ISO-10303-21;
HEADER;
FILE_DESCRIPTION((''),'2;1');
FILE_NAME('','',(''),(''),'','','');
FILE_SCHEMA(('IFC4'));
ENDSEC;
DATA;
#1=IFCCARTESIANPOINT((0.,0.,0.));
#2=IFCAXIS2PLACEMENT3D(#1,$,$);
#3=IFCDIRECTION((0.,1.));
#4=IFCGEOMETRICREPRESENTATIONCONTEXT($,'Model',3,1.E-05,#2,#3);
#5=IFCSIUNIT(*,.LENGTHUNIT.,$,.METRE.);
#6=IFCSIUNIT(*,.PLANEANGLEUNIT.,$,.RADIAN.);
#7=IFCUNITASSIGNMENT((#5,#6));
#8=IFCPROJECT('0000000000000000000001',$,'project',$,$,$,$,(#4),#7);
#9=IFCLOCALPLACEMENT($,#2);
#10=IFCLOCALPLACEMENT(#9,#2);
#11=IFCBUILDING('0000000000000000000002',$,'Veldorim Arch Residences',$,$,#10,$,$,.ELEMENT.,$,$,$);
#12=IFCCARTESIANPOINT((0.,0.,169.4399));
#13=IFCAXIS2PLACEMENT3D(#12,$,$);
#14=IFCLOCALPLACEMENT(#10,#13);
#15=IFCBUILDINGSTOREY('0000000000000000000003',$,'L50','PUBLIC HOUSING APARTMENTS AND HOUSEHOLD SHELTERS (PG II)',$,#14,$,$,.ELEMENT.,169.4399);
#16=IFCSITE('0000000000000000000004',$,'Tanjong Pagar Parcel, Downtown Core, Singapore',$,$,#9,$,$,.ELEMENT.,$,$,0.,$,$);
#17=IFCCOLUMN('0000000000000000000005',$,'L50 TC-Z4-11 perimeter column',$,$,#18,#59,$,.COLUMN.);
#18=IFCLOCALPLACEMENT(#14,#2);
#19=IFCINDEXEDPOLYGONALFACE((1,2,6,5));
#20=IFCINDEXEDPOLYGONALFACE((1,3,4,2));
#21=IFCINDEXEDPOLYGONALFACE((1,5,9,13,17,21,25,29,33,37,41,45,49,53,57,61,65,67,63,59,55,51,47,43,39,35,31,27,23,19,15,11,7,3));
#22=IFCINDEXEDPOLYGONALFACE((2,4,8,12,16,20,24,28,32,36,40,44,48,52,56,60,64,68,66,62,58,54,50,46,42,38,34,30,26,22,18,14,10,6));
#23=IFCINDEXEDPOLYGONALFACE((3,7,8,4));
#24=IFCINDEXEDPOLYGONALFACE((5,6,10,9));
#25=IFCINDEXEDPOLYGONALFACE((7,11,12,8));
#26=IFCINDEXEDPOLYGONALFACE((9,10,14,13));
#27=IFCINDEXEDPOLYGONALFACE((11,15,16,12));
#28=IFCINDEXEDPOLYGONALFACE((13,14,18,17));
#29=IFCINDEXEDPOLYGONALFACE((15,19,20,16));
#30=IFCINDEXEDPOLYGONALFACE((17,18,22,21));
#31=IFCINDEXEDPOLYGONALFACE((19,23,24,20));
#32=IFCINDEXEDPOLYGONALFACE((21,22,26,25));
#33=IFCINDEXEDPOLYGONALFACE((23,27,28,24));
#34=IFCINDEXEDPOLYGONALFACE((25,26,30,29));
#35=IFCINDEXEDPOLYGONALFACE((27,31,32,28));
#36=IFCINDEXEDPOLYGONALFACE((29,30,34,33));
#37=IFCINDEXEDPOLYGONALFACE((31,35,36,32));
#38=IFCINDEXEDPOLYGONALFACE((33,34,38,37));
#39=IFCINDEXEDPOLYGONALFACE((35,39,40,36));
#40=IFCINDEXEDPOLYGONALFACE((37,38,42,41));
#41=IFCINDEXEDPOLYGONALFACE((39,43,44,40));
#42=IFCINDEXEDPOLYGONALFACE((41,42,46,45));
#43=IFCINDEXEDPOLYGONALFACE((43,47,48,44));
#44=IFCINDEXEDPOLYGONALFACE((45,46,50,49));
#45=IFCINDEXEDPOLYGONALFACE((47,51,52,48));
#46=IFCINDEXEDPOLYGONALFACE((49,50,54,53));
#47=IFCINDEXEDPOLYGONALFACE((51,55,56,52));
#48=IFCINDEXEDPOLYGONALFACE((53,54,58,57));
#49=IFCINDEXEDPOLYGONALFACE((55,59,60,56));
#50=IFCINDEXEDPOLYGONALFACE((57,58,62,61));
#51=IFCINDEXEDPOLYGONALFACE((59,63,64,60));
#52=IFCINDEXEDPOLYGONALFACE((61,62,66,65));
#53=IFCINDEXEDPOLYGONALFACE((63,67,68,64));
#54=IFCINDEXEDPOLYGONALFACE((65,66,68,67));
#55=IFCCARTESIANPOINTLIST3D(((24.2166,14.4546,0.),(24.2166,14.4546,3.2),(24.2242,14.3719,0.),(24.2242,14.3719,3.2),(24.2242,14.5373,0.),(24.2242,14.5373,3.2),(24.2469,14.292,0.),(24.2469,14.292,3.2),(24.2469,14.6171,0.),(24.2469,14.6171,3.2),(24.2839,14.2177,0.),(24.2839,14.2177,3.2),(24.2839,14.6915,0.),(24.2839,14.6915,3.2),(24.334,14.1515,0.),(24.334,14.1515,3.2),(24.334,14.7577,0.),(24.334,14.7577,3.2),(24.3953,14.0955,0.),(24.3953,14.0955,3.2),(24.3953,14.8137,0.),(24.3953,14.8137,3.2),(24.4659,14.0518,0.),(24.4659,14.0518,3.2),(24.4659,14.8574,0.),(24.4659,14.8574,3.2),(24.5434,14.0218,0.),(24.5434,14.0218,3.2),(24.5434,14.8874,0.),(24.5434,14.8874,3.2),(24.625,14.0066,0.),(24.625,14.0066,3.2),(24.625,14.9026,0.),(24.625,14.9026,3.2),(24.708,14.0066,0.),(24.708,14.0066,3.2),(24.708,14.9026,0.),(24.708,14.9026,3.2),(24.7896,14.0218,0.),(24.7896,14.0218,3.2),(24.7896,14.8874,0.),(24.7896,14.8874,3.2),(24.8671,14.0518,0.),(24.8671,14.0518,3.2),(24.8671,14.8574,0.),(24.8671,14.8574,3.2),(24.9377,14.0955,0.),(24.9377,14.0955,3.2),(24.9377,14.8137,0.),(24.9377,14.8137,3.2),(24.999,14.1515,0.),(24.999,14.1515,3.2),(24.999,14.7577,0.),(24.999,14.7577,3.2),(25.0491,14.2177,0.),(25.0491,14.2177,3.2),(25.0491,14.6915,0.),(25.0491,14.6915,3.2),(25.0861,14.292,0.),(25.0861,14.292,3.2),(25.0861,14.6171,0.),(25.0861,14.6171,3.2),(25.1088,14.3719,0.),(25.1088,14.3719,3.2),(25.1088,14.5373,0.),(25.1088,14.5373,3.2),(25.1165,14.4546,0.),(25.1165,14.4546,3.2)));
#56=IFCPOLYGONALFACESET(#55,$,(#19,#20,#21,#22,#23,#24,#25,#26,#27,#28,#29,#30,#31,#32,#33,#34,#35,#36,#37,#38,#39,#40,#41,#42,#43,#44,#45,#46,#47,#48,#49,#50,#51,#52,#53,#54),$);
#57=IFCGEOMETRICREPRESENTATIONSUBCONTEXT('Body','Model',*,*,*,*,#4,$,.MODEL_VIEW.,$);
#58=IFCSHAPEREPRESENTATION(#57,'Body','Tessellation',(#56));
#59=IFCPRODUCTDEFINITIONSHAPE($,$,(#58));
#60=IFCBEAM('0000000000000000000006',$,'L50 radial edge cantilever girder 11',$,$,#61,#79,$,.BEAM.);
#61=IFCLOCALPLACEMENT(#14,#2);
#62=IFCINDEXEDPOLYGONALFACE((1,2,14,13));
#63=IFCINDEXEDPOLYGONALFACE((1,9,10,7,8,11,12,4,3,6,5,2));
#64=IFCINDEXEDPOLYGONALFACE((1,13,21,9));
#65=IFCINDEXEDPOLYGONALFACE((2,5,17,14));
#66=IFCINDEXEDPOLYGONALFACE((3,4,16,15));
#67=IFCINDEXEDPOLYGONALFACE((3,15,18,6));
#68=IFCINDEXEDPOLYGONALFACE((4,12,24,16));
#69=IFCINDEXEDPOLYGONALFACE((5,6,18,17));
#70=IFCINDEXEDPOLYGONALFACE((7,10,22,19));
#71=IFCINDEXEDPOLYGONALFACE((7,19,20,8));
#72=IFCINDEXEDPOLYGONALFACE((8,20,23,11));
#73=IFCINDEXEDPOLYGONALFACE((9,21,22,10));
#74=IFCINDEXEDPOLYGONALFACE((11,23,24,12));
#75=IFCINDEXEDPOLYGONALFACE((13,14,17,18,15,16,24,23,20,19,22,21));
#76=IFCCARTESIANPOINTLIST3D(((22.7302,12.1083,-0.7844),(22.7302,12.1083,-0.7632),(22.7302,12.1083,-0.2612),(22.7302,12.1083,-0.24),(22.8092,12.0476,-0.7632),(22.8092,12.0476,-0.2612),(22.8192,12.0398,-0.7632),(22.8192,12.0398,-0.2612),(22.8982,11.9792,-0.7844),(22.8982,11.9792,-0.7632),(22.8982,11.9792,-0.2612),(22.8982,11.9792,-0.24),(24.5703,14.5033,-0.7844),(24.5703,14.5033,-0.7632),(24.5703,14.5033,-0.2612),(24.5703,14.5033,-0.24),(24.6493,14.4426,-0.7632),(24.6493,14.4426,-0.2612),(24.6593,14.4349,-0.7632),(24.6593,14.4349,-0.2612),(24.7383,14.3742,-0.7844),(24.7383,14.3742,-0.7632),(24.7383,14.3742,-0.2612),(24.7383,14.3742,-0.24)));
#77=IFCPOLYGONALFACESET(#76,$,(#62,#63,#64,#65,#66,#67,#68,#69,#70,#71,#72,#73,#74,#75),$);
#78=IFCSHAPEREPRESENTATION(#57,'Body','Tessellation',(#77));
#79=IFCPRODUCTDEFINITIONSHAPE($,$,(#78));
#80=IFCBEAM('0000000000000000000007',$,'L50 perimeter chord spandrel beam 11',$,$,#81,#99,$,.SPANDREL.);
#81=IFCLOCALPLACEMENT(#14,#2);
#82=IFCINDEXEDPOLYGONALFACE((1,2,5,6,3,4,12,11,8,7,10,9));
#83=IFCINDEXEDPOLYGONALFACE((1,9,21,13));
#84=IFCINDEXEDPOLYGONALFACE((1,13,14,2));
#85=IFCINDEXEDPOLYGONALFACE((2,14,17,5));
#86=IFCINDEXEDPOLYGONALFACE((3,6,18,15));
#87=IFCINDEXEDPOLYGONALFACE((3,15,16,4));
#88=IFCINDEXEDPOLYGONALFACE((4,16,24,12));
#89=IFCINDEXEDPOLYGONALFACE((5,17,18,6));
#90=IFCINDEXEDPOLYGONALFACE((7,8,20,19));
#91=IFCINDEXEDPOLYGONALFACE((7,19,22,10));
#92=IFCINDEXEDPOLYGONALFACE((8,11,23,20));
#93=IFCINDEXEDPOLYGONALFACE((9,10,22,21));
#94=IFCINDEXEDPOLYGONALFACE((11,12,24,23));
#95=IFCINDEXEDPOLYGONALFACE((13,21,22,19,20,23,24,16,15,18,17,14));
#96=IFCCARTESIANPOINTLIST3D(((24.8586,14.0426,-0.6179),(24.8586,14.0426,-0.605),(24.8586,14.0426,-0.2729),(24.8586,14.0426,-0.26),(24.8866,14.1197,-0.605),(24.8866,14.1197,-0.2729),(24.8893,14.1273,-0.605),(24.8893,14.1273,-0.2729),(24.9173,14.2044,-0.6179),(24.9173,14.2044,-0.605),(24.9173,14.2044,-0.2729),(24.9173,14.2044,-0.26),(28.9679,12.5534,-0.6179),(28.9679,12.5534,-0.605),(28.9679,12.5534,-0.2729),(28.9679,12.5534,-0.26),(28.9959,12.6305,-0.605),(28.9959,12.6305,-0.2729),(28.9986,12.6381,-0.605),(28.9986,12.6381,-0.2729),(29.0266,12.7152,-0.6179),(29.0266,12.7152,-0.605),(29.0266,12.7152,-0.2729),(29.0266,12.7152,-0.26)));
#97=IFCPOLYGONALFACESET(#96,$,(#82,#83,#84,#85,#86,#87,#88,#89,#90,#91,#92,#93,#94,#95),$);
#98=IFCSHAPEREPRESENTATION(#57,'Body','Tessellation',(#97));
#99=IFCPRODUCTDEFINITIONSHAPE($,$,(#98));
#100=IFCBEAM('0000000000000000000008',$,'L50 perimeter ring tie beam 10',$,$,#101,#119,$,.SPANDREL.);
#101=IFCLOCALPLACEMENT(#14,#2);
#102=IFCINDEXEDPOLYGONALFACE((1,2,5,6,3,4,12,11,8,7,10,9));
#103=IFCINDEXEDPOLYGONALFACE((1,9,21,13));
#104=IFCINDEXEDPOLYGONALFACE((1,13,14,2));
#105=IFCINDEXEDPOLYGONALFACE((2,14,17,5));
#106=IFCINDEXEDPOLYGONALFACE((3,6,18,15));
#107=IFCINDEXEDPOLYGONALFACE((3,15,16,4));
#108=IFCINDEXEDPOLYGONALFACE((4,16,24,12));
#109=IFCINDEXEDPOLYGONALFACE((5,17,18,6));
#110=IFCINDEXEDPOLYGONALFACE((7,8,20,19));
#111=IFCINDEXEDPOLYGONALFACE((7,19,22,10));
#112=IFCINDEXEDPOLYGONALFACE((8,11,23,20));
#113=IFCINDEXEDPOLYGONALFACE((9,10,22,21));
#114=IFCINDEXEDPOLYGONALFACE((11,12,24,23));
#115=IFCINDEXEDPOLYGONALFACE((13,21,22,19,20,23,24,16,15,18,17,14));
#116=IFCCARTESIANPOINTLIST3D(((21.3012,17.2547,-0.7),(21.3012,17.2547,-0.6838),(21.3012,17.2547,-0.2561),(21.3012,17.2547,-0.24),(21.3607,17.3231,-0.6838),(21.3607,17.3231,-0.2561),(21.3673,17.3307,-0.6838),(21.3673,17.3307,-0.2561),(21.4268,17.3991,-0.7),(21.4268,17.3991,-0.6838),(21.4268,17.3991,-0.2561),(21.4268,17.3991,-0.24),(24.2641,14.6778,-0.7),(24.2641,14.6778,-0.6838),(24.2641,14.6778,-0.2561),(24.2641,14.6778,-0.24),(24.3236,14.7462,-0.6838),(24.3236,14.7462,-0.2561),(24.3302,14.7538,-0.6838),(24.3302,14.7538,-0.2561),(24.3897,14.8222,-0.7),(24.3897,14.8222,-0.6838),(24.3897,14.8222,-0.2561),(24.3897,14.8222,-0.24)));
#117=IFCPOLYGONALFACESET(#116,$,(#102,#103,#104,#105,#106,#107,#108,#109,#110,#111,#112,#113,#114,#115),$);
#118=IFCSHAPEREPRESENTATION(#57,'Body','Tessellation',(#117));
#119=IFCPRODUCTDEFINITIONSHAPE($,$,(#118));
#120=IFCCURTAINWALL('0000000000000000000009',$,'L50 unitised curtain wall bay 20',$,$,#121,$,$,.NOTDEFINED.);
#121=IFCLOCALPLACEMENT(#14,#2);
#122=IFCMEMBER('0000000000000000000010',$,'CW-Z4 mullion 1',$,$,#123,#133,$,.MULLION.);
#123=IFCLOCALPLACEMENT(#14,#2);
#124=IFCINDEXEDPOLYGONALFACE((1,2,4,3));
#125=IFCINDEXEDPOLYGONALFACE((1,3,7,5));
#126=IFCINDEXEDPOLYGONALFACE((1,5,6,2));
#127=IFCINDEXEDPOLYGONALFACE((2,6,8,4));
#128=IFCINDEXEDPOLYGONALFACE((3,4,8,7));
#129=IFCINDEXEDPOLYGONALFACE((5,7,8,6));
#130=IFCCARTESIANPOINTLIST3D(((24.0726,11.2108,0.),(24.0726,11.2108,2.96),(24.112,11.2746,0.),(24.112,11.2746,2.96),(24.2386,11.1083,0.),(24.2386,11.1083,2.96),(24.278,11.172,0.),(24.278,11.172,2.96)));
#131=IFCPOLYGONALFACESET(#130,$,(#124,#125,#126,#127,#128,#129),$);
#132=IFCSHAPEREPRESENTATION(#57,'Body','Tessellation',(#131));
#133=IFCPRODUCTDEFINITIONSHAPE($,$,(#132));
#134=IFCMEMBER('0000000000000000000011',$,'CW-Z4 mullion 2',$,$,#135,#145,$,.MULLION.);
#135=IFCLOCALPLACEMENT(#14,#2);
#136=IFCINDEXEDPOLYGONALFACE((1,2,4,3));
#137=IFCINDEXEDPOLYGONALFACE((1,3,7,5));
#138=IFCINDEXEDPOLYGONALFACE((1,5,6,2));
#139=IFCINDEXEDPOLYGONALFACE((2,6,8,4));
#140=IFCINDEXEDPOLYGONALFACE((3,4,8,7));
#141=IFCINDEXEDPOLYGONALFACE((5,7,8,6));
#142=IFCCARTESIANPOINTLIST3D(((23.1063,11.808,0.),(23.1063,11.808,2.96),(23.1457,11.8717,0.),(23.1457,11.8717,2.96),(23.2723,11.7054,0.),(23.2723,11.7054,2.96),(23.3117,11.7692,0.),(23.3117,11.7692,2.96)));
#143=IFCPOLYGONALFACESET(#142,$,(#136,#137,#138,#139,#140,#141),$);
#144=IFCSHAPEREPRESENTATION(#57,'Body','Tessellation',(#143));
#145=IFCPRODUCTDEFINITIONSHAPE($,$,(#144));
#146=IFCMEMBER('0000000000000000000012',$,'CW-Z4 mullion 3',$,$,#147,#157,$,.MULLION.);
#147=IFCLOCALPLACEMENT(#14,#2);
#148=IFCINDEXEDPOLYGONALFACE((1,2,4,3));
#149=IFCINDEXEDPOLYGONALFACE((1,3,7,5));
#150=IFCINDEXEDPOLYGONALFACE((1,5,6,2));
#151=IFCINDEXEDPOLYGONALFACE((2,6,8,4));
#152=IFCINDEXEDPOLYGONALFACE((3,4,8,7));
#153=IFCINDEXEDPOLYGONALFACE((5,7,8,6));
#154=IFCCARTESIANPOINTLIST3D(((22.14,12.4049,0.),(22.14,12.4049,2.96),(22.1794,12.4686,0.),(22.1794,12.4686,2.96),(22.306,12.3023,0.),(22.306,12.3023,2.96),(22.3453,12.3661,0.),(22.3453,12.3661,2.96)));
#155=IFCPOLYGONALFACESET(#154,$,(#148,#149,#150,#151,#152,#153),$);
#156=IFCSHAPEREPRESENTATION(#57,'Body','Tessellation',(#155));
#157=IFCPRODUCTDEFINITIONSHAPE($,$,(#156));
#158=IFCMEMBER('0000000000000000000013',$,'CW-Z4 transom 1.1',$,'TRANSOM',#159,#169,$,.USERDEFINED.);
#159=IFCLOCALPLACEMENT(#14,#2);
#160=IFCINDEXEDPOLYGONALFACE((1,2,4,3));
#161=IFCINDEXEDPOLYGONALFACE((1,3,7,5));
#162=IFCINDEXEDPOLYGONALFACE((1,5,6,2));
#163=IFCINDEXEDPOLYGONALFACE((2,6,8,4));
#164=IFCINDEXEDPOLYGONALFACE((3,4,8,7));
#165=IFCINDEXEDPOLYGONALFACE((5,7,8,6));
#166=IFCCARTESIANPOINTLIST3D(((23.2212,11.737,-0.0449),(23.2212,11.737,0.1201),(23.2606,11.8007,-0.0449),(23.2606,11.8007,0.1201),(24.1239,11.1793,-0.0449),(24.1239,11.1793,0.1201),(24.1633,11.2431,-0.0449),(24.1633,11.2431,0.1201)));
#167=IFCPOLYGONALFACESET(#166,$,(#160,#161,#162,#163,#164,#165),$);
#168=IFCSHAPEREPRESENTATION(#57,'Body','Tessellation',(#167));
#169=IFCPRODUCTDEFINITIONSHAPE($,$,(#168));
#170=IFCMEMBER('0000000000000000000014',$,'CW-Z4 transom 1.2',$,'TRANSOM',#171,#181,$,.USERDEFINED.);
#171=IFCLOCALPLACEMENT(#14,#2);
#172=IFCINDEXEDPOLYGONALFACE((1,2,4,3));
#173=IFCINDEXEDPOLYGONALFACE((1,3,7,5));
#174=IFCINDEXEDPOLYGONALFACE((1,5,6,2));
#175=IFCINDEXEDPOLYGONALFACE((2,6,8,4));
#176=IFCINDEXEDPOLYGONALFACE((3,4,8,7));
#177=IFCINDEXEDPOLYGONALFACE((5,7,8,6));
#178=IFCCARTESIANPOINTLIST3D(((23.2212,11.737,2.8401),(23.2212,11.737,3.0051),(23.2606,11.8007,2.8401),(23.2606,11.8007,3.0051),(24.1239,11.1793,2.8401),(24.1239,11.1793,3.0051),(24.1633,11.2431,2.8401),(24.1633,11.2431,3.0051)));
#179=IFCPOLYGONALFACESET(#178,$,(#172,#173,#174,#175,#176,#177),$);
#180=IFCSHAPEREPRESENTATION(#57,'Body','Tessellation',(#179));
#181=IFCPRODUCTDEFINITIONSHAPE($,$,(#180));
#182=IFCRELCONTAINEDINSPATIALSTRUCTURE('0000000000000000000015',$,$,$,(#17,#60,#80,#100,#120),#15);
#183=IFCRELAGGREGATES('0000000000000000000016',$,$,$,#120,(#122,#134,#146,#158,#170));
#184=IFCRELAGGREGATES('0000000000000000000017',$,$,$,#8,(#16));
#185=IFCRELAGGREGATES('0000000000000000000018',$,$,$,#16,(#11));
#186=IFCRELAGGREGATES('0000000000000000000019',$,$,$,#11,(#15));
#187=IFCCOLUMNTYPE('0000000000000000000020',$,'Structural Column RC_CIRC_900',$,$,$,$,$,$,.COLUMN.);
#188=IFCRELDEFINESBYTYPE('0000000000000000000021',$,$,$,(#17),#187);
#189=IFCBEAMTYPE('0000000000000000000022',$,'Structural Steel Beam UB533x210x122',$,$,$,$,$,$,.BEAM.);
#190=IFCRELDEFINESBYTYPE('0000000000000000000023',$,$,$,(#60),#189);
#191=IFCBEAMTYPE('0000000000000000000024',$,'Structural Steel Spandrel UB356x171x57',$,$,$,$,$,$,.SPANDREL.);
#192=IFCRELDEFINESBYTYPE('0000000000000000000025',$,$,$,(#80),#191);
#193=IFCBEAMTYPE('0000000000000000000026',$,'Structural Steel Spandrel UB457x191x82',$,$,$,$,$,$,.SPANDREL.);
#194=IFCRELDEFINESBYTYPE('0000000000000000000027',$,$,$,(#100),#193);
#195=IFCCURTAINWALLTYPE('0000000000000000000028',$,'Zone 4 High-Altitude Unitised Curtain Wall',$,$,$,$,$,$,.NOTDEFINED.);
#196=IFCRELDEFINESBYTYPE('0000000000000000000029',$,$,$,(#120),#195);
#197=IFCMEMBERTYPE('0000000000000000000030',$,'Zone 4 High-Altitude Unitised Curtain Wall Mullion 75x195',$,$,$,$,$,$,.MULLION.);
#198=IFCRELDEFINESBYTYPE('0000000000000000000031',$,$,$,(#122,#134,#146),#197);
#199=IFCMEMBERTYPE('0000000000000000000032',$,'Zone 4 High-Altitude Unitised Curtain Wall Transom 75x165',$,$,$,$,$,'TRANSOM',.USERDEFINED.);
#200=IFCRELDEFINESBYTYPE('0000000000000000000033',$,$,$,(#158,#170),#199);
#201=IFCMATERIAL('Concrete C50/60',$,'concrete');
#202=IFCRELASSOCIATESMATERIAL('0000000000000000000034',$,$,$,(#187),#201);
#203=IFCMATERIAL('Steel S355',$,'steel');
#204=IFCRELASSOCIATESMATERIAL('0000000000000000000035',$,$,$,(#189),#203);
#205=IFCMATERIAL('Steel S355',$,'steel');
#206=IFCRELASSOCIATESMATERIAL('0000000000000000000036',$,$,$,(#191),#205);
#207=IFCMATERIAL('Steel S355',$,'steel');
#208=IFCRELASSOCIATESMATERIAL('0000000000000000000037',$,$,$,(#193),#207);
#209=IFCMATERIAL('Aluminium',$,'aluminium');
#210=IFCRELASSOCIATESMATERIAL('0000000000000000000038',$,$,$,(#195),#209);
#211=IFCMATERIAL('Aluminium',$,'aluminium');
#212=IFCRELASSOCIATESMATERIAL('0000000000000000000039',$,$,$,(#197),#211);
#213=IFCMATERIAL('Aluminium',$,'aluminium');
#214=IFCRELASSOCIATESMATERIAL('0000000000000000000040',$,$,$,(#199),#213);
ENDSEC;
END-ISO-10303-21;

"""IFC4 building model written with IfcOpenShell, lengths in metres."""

from ifc_helpers import new_model, si_unit, direction, frame, origin, origin_2d, place, context, subcontext, project, spatial, rectangle, circle, i_section, extrude, material, material_profile, profile_set, type_object, element, aggregate, save


model = new_model("IFC4")

# Units and contexts
model_context = context("Model", 3, precision=1e-05, world=origin(), true_north=direction((0.0, 1.0)))
body_context = subcontext(model_context, "Body", "Model", "MODEL_VIEW")
ifc_project = project(units=[si_unit("LENGTHUNIT", "METRE"), si_unit("PLANEANGLEUNIT", "RADIAN")], contexts=[model_context])

# Site, building, storey
site_placement = place(None, origin())
site = spatial("IfcSite", under=ifc_project, at=site_placement, Name="Tanjong Pagar Parcel, Downtown Core, Singapore", CompositionType="ELEMENT", RefElevation=0.0)
building_placement = place(site_placement, origin())
building = spatial("IfcBuilding", under=site, at=building_placement, Name="Veldorim Arch Residences", CompositionType="ELEMENT")
storey_placement = place(building_placement, frame((0.0, 0.0, 169.4399)))
storey = spatial("IfcBuildingStorey", under=building, at=storey_placement, Name="L50", Description="PUBLIC HOUSING APARTMENTS AND HOUSEHOLD SHELTERS (PG II)", CompositionType="ELEMENT", Elevation=169.4399)

# Column
ifc_material_1 = material(Name="Concrete C50/60", Category="concrete")
ifc_material_profile_1 = material_profile(ifc_material_1, circle(Radius=0.45, at=origin_2d()), Name="RC_CIRC_900")
ifc_profile_set_1 = profile_set([ifc_material_profile_1], Name="Concrete C50/60")
column_type = type_object("IfcColumnType", Name="Structural Column RC_CIRC_900", PredefinedType="COLUMN", material=ifc_profile_set_1)
column_placement = place(storey_placement, frame((24.6665, 14.4546, 0.0), z_axis=(0.0, 0.0, 1.0), x_axis=(1.0, 0.0, 0.0)))
element("IfcColumn", 1, at=column_placement, inside=storey, type_object=column_type, Name="L50 TC-Z4-11 perimeter column", PredefinedType="COLUMN", context=body_context, shape_type="SweptSolid", body=[
    extrude(circle(Radius=0.45, at=origin_2d()), origin(), (0.0, 0.0, 1.0), 3.2),
])

# Beams
ifc_material_2 = material(Name="Steel S355", Category="steel")
ifc_material_profile_2 = material_profile(ifc_material_2, i_section(OverallWidth=0.2119, OverallDepth=0.5444, WebThickness=0.0127, FlangeThickness=0.0212, at=origin_2d()), Name="UB533x210x122")
ifc_profile_set_2 = profile_set([ifc_material_profile_2], Name="Steel S355")
beam_type_1 = type_object("IfcBeamType", Name="Structural Steel Beam UB533x210x122", PredefinedType="BEAM", material=ifc_profile_set_2)
beam_1_placement = place(storey_placement, frame((24.6543, 14.4387, -0.5122), z_axis=(-0.609246, -0.792981, 0.0), x_axis=(0.792981, -0.609246, 0.0)))
element("IfcBeam", 2, at=beam_1_placement, inside=storey, type_object=beam_type_1, Name="L50 radial edge cantilever girder 11", PredefinedType="BEAM", context=body_context, shape_type="SweptSolid", body=[
    extrude(i_section(OverallWidth=0.2119, OverallDepth=0.5444, WebThickness=0.0127, FlangeThickness=0.0212, at=origin_2d()), origin(), (0.0, 0.0, 1.0), 3.0203),
])
ifc_material_3 = material(Name="Steel S355", Category="steel")
ifc_material_profile_3 = material_profile(ifc_material_3, i_section(OverallWidth=0.1721, OverallDepth=0.3579, WebThickness=0.0081, FlangeThickness=0.0129, at=origin_2d()), Name="UB356x171x57")
ifc_profile_set_3 = profile_set([ifc_material_profile_3], Name="Steel S355")
beam_type_2 = type_object("IfcBeamType", Name="Structural Steel Spandrel UB356x171x57", PredefinedType="SPANDREL", material=ifc_profile_set_3)
beam_2_placement = place(storey_placement, frame((24.8879, 14.1235, -0.439), z_axis=(0.940165, -0.34072, 0.0), x_axis=(0.34072, 0.940165, 0.0)))
element("IfcBeam", 3, at=beam_2_placement, inside=storey, type_object=beam_type_2, Name="L50 perimeter chord spandrel beam 11", PredefinedType="SPANDREL", context=body_context, shape_type="SweptSolid", body=[
    extrude(i_section(OverallWidth=0.1721, OverallDepth=0.3579, WebThickness=0.0081, FlangeThickness=0.0129, at=origin_2d()), origin(), (0.0, 0.0, 1.0), 4.3708),
])
ifc_material_4 = material(Name="Steel S355", Category="steel")
ifc_material_profile_4 = material_profile(ifc_material_4, i_section(OverallWidth=0.1914, OverallDepth=0.46, WebThickness=0.01, FlangeThickness=0.0161, at=origin_2d()), Name="UB457x191x82")
ifc_profile_set_4 = profile_set([ifc_material_profile_4], Name="Steel S355")
beam_type_3 = type_object("IfcBeamType", Name="Structural Steel Spandrel UB457x191x82", PredefinedType="SPANDREL", material=ifc_profile_set_4)
beam_3_placement = place(storey_placement, frame((21.364, 17.3269, -0.47), z_axis=(0.754545, -0.656248, 0.0), x_axis=(0.656248, 0.754545, 0.0)))
element("IfcBeam", 4, at=beam_3_placement, inside=storey, type_object=beam_type_3, Name="L50 perimeter ring tie beam 10", PredefinedType="SPANDREL", context=body_context, shape_type="SweptSolid", body=[
    extrude(i_section(OverallWidth=0.1914, OverallDepth=0.46, WebThickness=0.01, FlangeThickness=0.0161, at=origin_2d()), origin(), (0.0, 0.0, 1.0), 3.9268),
])

# Curtain wall, members
ifc_material_5 = material(Name="Aluminium", Category="aluminium")
curtain_wall_type = type_object("IfcCurtainWallType", Name="Zone 4 High-Altitude Unitised Curtain Wall", PredefinedType="NOTDEFINED", material=ifc_material_5)
curtain_wall_placement = place(storey_placement, origin())
curtain_wall = element("IfcCurtainWall", 5, at=curtain_wall_placement, inside=storey, type_object=curtain_wall_type, Name="L50 unitised curtain wall bay 20", PredefinedType="NOTDEFINED")
ifc_material_6 = material(Name="Aluminium", Category="aluminium")
ifc_material_profile_5 = material_profile(ifc_material_6, rectangle(XDim=0.075, YDim=0.1951, at=origin_2d()), Name="ALU_MUL_75x195")
ifc_profile_set_5 = profile_set([ifc_material_profile_5], Name="Aluminium")
member_type_1 = type_object("IfcMemberType", Name="Zone 4 High-Altitude Unitised Curtain Wall Mullion 75x195", PredefinedType="MULLION", material=ifc_profile_set_5)
member_1_placement = place(storey_placement, frame((24.1753, 11.1914, 0.0), z_axis=(0.0, 0.0, 1.0), x_axis=(-0.525637, -0.850709, 0.0)))
member_1 = element("IfcMember", 6, at=member_1_placement, type_object=member_type_1, Name="CW-Z4 mullion 1", PredefinedType="MULLION", context=body_context, shape_type="SweptSolid", body=[
    extrude(rectangle(XDim=0.075, YDim=0.1951, at=origin_2d()), origin(), (0.0, 0.0, 1.0), 2.96),
])
member_2_placement = place(storey_placement, frame((23.209, 11.7886, 0.0), z_axis=(0.0, 0.0, 1.0), x_axis=(-0.525637, -0.850709, 0.0)))
member_2 = element("IfcMember", 7, at=member_2_placement, type_object=member_type_1, Name="CW-Z4 mullion 2", PredefinedType="MULLION", context=body_context, shape_type="SweptSolid", body=[
    extrude(rectangle(XDim=0.075, YDim=0.1951, at=origin_2d()), origin(), (0.0, 0.0, 1.0), 2.96),
])
member_3_placement = place(storey_placement, frame((22.2427, 12.3855, 0.0), z_axis=(0.0, 0.0, 1.0), x_axis=(-0.525637, -0.850709, 0.0)))
member_3 = element("IfcMember", 8, at=member_3_placement, type_object=member_type_1, Name="CW-Z4 mullion 3", PredefinedType="MULLION", context=body_context, shape_type="SweptSolid", body=[
    extrude(rectangle(XDim=0.075, YDim=0.1951, at=origin_2d()), origin(), (0.0, 0.0, 1.0), 2.96),
])
ifc_material_7 = material(Name="Aluminium", Category="aluminium")
ifc_material_profile_6 = material_profile(ifc_material_7, rectangle(XDim=0.075, YDim=0.165, at=origin_2d()), Name="ALU_TRN_75x165")
ifc_profile_set_6 = profile_set([ifc_material_profile_6], Name="Aluminium")
member_type_2 = type_object("IfcMemberType", Name="Zone 4 High-Altitude Unitised Curtain Wall Transom 75x165", ElementType="TRANSOM", PredefinedType="USERDEFINED", material=ifc_profile_set_6)
member_4_placement = place(storey_placement, frame((24.1436, 11.2112, 0.0376), z_axis=(-0.85074, 0.525586, 0.0), x_axis=(-0.525586, -0.85074, 0.0)))
member_4 = element("IfcMember", 9, at=member_4_placement, type_object=member_type_2, Name="CW-Z4 transom 1.1", ObjectType="TRANSOM", PredefinedType="USERDEFINED", context=body_context, shape_type="SweptSolid", body=[
    extrude(rectangle(XDim=0.075, YDim=0.165, at=origin_2d()), origin(), (0.0, 0.0, 1.0), 1.061),
])
member_5_placement = place(storey_placement, frame((24.1436, 11.2112, 2.9226), z_axis=(-0.85074, 0.525586, 0.0), x_axis=(-0.525586, -0.85074, 0.0)))
member_5 = element("IfcMember", 10, at=member_5_placement, type_object=member_type_2, Name="CW-Z4 transom 1.2", ObjectType="TRANSOM", PredefinedType="USERDEFINED", context=body_context, shape_type="SweptSolid", body=[
    extrude(rectangle(XDim=0.075, YDim=0.165, at=origin_2d()), origin(), (0.0, 0.0, 1.0), 1.061),
])
aggregate(curtain_wall, [member_1, member_2, member_3, member_4, member_5])

save(model, "model.ifc")
